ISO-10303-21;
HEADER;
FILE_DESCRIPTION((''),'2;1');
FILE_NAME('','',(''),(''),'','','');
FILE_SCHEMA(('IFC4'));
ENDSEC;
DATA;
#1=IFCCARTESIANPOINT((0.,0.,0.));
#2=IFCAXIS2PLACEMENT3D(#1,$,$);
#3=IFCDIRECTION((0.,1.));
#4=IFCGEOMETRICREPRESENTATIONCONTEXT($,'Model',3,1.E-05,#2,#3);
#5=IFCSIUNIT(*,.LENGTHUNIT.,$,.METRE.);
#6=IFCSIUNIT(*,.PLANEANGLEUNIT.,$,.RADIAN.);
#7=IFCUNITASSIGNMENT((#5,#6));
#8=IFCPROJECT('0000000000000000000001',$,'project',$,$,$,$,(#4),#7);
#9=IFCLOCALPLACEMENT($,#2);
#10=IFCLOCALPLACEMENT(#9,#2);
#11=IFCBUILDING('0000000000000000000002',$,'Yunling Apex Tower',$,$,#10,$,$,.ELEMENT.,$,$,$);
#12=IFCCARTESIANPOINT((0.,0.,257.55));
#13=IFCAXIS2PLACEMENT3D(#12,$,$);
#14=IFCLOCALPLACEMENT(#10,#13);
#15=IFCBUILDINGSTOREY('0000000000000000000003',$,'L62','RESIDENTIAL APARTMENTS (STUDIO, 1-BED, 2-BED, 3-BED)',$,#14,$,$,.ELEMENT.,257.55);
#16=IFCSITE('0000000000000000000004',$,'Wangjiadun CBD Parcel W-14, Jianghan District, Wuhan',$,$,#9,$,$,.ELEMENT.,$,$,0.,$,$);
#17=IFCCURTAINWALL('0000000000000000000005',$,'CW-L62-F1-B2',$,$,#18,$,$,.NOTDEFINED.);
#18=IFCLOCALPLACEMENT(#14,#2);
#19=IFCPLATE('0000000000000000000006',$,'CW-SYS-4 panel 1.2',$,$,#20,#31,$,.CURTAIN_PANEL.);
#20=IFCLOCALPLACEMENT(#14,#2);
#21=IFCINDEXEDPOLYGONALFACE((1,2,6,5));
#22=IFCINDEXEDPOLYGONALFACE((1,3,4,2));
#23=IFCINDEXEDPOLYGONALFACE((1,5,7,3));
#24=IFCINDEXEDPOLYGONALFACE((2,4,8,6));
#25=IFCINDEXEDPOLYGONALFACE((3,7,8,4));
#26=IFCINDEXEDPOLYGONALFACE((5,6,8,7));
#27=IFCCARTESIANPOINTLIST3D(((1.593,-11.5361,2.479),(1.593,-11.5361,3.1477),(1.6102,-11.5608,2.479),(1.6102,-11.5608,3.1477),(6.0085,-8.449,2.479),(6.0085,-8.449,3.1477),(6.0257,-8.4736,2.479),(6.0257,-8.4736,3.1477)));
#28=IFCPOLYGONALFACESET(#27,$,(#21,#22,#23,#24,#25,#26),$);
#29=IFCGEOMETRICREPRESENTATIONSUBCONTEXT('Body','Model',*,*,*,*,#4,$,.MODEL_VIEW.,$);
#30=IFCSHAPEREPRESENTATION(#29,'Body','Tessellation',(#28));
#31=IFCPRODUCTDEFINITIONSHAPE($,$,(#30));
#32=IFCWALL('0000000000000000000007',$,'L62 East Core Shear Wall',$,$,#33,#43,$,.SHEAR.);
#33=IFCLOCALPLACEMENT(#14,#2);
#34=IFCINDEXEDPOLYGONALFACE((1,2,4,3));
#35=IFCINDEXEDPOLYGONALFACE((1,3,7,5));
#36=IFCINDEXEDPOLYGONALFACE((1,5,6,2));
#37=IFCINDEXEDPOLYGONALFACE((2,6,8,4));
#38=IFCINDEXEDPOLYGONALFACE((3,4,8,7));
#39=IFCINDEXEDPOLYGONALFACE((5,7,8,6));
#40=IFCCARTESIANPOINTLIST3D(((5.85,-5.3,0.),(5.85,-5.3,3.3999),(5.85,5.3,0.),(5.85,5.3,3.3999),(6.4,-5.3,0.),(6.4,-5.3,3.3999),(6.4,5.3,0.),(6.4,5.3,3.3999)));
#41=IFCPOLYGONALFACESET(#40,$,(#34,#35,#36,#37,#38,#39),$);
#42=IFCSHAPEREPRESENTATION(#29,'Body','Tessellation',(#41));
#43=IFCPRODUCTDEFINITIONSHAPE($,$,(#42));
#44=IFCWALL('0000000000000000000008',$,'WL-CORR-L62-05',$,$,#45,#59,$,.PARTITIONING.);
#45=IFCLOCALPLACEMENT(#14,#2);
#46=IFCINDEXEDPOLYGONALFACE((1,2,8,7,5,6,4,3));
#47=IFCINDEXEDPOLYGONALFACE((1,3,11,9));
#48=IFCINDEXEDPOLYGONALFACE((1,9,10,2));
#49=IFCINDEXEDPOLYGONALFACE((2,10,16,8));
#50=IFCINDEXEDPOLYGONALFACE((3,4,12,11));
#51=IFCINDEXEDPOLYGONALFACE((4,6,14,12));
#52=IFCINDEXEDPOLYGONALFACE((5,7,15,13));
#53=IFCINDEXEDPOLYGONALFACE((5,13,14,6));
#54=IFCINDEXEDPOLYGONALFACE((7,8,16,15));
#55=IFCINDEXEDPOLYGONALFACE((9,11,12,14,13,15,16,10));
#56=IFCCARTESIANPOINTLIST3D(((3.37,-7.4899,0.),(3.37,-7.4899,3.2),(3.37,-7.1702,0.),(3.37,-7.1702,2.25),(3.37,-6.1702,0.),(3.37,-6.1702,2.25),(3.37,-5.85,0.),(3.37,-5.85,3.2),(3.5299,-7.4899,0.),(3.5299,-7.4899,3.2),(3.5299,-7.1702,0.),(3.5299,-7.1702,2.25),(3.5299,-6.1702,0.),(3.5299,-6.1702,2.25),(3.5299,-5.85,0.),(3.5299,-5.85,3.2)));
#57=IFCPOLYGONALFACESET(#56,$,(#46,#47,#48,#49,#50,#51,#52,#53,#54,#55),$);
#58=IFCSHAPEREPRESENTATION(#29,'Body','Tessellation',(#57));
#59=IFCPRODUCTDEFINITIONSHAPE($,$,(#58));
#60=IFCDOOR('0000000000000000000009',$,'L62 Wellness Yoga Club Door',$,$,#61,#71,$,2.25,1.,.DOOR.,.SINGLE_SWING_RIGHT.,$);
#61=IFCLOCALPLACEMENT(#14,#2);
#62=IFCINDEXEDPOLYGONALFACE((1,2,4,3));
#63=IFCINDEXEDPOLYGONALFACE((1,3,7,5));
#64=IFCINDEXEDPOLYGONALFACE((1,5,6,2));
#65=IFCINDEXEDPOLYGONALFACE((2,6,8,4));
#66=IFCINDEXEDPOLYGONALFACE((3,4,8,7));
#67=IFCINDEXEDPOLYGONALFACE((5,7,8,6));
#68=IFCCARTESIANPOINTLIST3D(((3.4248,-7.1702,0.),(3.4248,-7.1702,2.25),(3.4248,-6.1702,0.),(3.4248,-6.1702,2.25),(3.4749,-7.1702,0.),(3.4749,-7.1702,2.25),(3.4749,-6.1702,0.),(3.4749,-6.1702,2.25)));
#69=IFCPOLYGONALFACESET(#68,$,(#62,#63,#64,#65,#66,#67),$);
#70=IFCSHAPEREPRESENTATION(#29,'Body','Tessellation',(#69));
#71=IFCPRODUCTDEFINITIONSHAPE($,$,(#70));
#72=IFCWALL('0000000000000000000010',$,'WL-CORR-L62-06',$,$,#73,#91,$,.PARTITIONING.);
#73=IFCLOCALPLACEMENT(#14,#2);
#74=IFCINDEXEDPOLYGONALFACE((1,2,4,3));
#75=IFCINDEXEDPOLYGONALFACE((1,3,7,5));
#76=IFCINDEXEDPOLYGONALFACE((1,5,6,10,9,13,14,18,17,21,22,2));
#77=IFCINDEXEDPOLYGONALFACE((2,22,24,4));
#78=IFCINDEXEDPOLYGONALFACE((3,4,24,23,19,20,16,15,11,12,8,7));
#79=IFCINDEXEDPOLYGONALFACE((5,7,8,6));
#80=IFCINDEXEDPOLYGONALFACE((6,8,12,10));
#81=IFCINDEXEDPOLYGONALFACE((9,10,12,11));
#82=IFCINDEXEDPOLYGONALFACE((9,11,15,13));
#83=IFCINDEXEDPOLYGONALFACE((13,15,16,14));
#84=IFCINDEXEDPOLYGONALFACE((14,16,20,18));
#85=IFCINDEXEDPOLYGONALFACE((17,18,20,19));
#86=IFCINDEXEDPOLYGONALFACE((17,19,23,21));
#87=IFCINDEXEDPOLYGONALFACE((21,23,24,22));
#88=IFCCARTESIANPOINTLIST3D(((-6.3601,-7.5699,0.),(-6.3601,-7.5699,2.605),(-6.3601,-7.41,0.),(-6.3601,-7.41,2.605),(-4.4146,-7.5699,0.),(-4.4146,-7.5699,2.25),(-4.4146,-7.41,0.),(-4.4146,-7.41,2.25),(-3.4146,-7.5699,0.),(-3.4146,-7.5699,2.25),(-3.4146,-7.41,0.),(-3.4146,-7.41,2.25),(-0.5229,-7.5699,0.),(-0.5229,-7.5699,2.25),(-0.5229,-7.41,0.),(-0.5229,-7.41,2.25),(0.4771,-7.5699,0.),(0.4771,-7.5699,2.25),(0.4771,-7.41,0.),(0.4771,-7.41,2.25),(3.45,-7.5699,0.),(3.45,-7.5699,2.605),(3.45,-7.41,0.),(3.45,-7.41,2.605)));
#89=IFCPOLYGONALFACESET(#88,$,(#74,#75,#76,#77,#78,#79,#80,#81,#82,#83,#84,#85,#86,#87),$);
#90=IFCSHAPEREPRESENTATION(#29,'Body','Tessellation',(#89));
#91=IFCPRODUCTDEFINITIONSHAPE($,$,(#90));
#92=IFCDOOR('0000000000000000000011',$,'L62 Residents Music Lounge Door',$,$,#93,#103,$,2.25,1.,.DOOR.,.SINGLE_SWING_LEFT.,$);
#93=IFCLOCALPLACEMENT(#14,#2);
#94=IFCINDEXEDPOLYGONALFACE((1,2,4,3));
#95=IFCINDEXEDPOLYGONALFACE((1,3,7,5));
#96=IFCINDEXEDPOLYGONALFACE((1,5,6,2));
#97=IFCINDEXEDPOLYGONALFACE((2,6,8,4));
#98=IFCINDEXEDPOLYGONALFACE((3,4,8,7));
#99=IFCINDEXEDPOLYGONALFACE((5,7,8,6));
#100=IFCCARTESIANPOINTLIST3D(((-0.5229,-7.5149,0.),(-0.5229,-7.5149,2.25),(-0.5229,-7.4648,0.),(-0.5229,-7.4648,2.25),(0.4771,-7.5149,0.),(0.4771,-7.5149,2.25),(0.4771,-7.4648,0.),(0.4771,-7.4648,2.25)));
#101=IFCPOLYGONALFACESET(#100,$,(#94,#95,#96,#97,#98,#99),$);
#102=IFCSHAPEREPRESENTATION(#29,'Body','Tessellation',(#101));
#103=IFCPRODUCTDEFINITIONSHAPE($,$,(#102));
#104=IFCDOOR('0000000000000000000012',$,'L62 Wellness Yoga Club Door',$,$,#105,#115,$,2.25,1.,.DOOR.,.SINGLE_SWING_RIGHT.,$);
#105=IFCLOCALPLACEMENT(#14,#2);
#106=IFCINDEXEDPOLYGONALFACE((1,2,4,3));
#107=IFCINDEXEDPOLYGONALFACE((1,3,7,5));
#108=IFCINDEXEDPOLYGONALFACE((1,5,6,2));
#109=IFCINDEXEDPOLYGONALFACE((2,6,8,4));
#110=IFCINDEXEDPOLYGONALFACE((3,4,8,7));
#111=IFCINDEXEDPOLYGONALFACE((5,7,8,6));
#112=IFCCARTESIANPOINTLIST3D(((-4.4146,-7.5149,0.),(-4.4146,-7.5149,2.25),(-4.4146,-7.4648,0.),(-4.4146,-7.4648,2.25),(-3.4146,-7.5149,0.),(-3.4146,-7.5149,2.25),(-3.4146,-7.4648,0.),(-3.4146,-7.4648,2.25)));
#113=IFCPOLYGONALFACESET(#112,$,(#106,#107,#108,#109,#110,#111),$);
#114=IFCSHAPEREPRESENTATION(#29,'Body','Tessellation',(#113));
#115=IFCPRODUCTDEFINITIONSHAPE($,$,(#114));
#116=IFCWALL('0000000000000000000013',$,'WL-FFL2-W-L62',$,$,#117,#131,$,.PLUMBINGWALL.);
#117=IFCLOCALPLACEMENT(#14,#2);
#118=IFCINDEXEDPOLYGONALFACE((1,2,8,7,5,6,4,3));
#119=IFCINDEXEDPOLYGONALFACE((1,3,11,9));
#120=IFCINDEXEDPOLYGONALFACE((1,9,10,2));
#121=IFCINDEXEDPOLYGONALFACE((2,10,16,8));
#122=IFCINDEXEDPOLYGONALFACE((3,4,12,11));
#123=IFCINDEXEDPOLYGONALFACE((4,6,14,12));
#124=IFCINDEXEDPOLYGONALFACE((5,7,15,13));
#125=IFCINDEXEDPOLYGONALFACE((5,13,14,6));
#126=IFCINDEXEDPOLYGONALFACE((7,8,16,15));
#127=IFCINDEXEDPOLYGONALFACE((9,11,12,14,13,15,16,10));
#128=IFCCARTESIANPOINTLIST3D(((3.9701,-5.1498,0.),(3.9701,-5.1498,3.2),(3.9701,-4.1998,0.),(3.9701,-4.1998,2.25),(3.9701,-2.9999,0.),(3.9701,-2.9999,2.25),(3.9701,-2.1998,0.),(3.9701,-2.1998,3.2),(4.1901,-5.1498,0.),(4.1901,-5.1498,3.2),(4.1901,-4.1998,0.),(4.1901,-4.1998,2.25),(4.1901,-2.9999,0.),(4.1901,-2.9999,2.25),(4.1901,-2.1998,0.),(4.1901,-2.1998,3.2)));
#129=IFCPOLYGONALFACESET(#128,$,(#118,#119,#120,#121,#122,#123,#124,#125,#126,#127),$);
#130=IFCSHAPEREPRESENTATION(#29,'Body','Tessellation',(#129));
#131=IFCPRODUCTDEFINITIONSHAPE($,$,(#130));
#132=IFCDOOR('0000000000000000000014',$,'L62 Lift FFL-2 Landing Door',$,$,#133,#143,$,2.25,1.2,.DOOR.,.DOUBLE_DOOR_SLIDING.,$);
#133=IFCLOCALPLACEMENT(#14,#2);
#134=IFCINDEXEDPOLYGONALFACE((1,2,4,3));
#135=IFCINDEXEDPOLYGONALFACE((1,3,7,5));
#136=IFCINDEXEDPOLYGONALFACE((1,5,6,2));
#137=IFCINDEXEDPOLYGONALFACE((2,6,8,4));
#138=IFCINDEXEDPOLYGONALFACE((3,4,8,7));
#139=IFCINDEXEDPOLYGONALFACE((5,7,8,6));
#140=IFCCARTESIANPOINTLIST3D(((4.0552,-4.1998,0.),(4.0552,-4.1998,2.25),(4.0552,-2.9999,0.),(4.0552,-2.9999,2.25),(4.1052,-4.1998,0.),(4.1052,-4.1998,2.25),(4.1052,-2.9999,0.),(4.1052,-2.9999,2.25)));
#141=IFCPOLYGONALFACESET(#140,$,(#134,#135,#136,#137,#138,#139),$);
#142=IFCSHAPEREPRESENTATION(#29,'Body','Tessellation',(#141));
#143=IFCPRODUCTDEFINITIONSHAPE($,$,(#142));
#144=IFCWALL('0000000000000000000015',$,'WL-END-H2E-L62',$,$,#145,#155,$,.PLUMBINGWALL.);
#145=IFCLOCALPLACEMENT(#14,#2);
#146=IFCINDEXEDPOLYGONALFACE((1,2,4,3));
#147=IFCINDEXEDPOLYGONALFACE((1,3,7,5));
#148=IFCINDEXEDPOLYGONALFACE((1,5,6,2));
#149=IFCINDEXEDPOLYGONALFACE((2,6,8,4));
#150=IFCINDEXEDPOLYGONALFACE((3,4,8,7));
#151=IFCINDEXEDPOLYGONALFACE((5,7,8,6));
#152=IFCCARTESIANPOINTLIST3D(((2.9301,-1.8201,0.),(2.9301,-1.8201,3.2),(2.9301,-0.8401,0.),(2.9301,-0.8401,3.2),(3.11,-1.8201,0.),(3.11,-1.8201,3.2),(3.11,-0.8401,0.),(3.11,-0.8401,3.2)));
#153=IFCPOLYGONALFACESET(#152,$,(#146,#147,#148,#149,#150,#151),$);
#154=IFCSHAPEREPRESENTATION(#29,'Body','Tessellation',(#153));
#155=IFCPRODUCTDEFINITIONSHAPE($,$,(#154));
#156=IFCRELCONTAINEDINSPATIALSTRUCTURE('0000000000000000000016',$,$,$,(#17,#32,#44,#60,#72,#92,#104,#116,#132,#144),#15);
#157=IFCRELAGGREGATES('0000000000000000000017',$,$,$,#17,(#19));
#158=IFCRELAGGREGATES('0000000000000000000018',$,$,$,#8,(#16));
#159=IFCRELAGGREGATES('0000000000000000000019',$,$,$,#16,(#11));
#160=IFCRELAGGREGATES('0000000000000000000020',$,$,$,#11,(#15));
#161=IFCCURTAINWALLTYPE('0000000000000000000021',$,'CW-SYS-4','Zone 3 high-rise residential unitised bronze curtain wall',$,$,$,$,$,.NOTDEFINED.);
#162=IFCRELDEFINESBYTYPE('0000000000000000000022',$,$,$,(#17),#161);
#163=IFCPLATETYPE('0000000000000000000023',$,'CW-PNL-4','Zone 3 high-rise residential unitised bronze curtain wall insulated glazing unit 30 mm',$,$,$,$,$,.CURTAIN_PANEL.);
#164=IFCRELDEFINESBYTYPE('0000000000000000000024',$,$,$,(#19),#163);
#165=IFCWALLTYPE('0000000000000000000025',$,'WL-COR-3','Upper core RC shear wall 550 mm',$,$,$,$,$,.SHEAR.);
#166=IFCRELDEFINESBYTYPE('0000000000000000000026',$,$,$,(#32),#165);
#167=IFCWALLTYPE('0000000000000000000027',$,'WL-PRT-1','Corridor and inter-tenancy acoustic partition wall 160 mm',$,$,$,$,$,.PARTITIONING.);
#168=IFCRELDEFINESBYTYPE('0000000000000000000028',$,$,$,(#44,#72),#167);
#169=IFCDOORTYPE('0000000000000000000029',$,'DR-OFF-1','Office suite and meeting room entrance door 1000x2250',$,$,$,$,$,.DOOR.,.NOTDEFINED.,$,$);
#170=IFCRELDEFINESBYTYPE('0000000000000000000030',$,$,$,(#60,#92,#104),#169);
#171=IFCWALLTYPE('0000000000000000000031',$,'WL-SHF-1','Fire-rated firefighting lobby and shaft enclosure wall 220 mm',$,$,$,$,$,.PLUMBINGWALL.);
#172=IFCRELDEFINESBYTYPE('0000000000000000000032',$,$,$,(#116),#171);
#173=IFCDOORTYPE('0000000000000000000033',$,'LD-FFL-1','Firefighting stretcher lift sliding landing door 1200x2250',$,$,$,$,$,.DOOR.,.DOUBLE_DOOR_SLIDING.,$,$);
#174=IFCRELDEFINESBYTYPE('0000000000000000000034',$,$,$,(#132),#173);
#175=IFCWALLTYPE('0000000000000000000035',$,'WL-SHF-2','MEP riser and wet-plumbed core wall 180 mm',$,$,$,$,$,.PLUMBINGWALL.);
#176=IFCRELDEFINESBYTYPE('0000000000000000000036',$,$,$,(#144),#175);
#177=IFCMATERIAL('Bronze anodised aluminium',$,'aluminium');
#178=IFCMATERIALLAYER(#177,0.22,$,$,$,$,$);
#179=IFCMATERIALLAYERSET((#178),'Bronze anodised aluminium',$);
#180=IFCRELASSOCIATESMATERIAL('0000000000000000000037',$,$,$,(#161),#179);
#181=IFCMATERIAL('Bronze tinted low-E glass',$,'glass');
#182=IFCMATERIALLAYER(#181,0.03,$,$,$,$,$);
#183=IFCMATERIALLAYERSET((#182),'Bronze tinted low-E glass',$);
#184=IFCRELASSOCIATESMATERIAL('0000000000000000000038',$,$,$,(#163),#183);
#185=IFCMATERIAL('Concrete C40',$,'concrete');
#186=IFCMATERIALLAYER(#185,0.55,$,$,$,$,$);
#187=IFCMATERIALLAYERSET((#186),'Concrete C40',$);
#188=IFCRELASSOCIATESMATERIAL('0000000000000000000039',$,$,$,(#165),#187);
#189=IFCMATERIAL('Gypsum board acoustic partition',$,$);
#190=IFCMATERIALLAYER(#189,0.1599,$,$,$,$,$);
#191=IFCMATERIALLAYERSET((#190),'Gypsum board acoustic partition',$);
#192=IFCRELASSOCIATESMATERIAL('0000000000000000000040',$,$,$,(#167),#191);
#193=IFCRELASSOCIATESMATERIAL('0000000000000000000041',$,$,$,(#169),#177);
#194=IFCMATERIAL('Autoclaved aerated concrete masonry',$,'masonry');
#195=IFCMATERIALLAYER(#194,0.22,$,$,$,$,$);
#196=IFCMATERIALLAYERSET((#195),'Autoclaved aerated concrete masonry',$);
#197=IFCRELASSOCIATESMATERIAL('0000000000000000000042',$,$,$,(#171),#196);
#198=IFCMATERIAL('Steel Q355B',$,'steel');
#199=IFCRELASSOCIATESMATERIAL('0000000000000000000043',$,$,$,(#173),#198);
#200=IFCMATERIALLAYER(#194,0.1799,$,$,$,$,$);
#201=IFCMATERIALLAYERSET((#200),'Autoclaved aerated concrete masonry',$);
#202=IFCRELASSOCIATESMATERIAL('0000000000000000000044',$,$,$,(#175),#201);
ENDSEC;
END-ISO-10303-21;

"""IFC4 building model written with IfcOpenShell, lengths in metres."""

from ifc_helpers import new_model, si_unit, direction, frame, frame_2d, origin, origin_2d, place, context, subcontext, project, spatial, rectangle, extrude, source, transform, mapped, material, layer, layer_set, type_object, element, fill, aggregate, save


model = new_model("IFC4")

# Units and contexts
model_context = context("Model", 3, precision=1e-05, world=origin(), true_north=direction((0.0, 1.0)))
body_context = subcontext(model_context, "Body", "Model", "MODEL_VIEW")
ifc_project = project(units=[si_unit("LENGTHUNIT", "METRE"), si_unit("PLANEANGLEUNIT", "RADIAN")], contexts=[model_context])

# Site, building, storey
site_placement = place(None, origin())
site = spatial("IfcSite", under=ifc_project, at=site_placement, Name="Wangjiadun CBD Parcel W-14, Jianghan District, Wuhan", CompositionType="ELEMENT", RefElevation=0.0)
building_placement = place(site_placement, origin())
building = spatial("IfcBuilding", under=site, at=building_placement, Name="Yunling Apex Tower", CompositionType="ELEMENT")
storey_placement = place(building_placement, frame((0.0, 0.0, 257.55)))
storey = spatial("IfcBuildingStorey", under=building, at=storey_placement, Name="L62", Description="RESIDENTIAL APARTMENTS (STUDIO, 1-BED, 2-BED, 3-BED)", CompositionType="ELEMENT", Elevation=257.55)

# Shared definitions
ifc_material_1 = material(Name="Steel Q355B", Category="steel")

# Curtain wall
ifc_material_2 = material(Name="Bronze anodised aluminium", Category="aluminium")
ifc_layer_1 = layer(ifc_material_2, 0.22)
ifc_layer_set_1 = layer_set([ifc_layer_1], Name="Bronze anodised aluminium")
curtain_wall_type = type_object("IfcCurtainWallType", Name="CW-SYS-4", Description="Zone 3 high-rise residential unitised bronze curtain wall", PredefinedType="NOTDEFINED", material=ifc_layer_set_1)
curtain_wall_1_placement = place(storey_placement, origin())
curtain_wall_1 = element("IfcCurtainWall", 1, at=curtain_wall_1_placement, inside=storey, type_object=curtain_wall_type, Name="CW-L62-F1-B2", PredefinedType="NOTDEFINED")

# Plate
ifc_material_3 = material(Name="Bronze tinted low-E glass", Category="glass")
ifc_layer_2 = layer(ifc_material_3, 0.03)
ifc_layer_set_2 = layer_set([ifc_layer_2], Name="Bronze tinted low-E glass")
plate_type_1 = type_object("IfcPlateType", Name="CW-PNL-4", Description="Zone 3 high-rise residential unitised bronze curtain wall insulated glazing unit 30 mm", PredefinedType="CURTAIN_PANEL", material=ifc_layer_set_2)
shared_shape_1 = source(origin(), body_context, "Body", "SweptSolid", [
    extrude(rectangle(XDim=5.3877, YDim=0.03, at=origin_2d()), origin(), (0.0, 0.0, 1.0), 0.6687),
])
plate_1_placement = place(storey_placement, frame((3.8093, -10.0049, 2.479), z_axis=(0.0, 0.0, 1.0), x_axis=(0.819556, 0.572999, 0.0)))
plate_1 = element("IfcPlate", 2, at=plate_1_placement, type_object=plate_type_1, Name="CW-SYS-4 panel 1.2", PredefinedType="CURTAIN_PANEL", context=body_context, shape_type="MappedRepresentation", body=[
    mapped(shared_shape_1, transform((0.0, 0.0, 0.0), scale=1.0)),
])
aggregate(curtain_wall_1, [plate_1])

# Wall
ifc_material_4 = material(Name="Concrete C40", Category="concrete")
ifc_layer_3 = layer(ifc_material_4, 0.55)
ifc_layer_set_3 = layer_set([ifc_layer_3], Name="Concrete C40")
wall_type_1 = type_object("IfcWallType", Name="WL-COR-3", Description="Upper core RC shear wall 550 mm", PredefinedType="SHEAR", material=ifc_layer_set_3)
wall_1_placement = place(storey_placement, frame((6.125, -5.3, 0.0), z_axis=(0.0, 0.0, 1.0), x_axis=(0.0, 1.0, 0.0)))
element("IfcWall", 3, at=wall_1_placement, inside=storey, type_object=wall_type_1, Name="L62 East Core Shear Wall", PredefinedType="SHEAR", context=body_context, shape_type="SweptSolid", body=[
    extrude(rectangle(XDim=10.6001, YDim=0.55, at=frame_2d((5.3, 0.0))), origin(), (0.0, 0.0, 1.0), 3.3999),
])

# Wall, opening, door
ifc_material_5 = material(Name="Gypsum board acoustic partition")
ifc_layer_4 = layer(ifc_material_5, 0.1599)
ifc_layer_set_4 = layer_set([ifc_layer_4], Name="Gypsum board acoustic partition")
wall_type_2 = type_object("IfcWallType", Name="WL-PRT-1", Description="Corridor and inter-tenancy acoustic partition wall 160 mm", PredefinedType="PARTITIONING", material=ifc_layer_set_4)
wall_2_placement = place(storey_placement, frame((3.45, -5.8501, 0.0), z_axis=(0.0, 0.0, 1.0), x_axis=(0.0, -1.0, 0.0)))
wall_2 = element("IfcWall", 4, at=wall_2_placement, inside=storey, type_object=wall_type_2, Name="WL-CORR-L62-05", PredefinedType="PARTITIONING", context=body_context, shape_type="SweptSolid", body=[
    extrude(rectangle(XDim=1.6399, YDim=0.1599, at=frame_2d((0.8198, 0.0))), origin(), (0.0, 0.0, 1.0), 3.2),
])
opening_1_placement = place(wall_2_placement, frame((0.3201, 0.0, 0.0)))
opening_1 = element("IfcOpeningElement", 5, at=opening_1_placement, cuts=wall_2, PredefinedType="OPENING", context=body_context, shape_type="SweptSolid", body=[
    extrude(rectangle(XDim=1.0, YDim=2.25, at=frame_2d((0.5, 1.125))), frame((0.0, 0.0898, 0.0), z_axis=(0.0, -1.0, 0.0), x_axis=(1.0, 0.0, 0.0)), (0.0, 0.0, 1.0), 0.1799),
])
door_type_1 = type_object("IfcDoorType", Name="DR-OFF-1", Description="Office suite and meeting room entrance door 1000x2250", OperationType="NOTDEFINED", PredefinedType="DOOR", material=ifc_material_2)
door_1_placement = place(opening_1_placement, origin())
door_1 = element("IfcDoor", 6, at=door_1_placement, inside=storey, type_object=door_type_1, Name="L62 Wellness Yoga Club Door", OperationType="SINGLE_SWING_RIGHT", OverallHeight=2.25, OverallWidth=1.0, PredefinedType="DOOR", context=body_context, shape_type="SweptSolid", body=[
    extrude(rectangle(XDim=1.0, YDim=2.25, at=frame_2d((0.5, 1.125))), frame((0.0, 0.0249, 0.0), z_axis=(0.0, -1.0, 0.0), x_axis=(1.0, 0.0, 0.0)), (0.0, 0.0, 1.0), 0.05),
])
fill(opening_1, door_1)

# Wall, openings, doors
wall_3_placement = place(storey_placement, frame((3.45, -7.49, 0.0), z_axis=(0.0, 0.0, 1.0), x_axis=(-1.0, 0.0, 0.0)))
wall_3 = element("IfcWall", 7, at=wall_3_placement, inside=storey, type_object=wall_type_2, Name="WL-CORR-L62-06", PredefinedType="PARTITIONING", context=body_context, shape_type="SweptSolid", body=[
    extrude(rectangle(XDim=9.8101, YDim=0.1599, at=frame_2d((4.905, 0.0))), origin(), (0.0, 0.0, 1.0), 2.605),
])
opening_2_placement = place(wall_3_placement, frame((2.9729, 0.0, 0.0)))
opening_2 = element("IfcOpeningElement", 8, at=opening_2_placement, cuts=wall_3, PredefinedType="OPENING", context=body_context, shape_type="SweptSolid", body=[
    extrude(rectangle(XDim=1.0, YDim=2.25, at=frame_2d((0.5, 1.125))), frame((0.0, 0.0898, 0.0), z_axis=(0.0, -1.0, 0.0), x_axis=(1.0, 0.0, 0.0)), (0.0, 0.0, 1.0), 0.1799),
])
opening_3_placement = place(wall_3_placement, frame((6.8645, 0.0, 0.0)))
opening_3 = element("IfcOpeningElement", 9, at=opening_3_placement, cuts=wall_3, PredefinedType="OPENING", context=body_context, shape_type="SweptSolid", body=[
    extrude(rectangle(XDim=1.0, YDim=2.25, at=frame_2d((0.5, 1.125))), frame((0.0, 0.0898, 0.0), z_axis=(0.0, -1.0, 0.0), x_axis=(1.0, 0.0, 0.0)), (0.0, 0.0, 1.0), 0.1799),
])
door_2_placement = place(opening_2_placement, origin())
door_2 = element("IfcDoor", 10, at=door_2_placement, inside=storey, type_object=door_type_1, Name="L62 Residents Music Lounge Door", OperationType="SINGLE_SWING_LEFT", OverallHeight=2.25, OverallWidth=1.0, PredefinedType="DOOR", context=body_context, shape_type="SweptSolid", body=[
    extrude(rectangle(XDim=1.0, YDim=2.25, at=frame_2d((0.5, 1.125))), frame((0.0, 0.0249, 0.0), z_axis=(0.0, -1.0, 0.0), x_axis=(1.0, 0.0, 0.0)), (0.0, 0.0, 1.0), 0.05),
])
fill(opening_2, door_2)
door_3_placement = place(opening_3_placement, origin())
door_3 = element("IfcDoor", 11, at=door_3_placement, inside=storey, type_object=door_type_1, Name="L62 Wellness Yoga Club Door", OperationType="SINGLE_SWING_RIGHT", OverallHeight=2.25, OverallWidth=1.0, PredefinedType="DOOR", context=body_context, shape_type="SweptSolid", body=[
    extrude(rectangle(XDim=1.0, YDim=2.25, at=frame_2d((0.5, 1.125))), frame((0.0, 0.0249, 0.0), z_axis=(0.0, -1.0, 0.0), x_axis=(1.0, 0.0, 0.0)), (0.0, 0.0, 1.0), 0.05),
])
fill(opening_3, door_3)

# Wall, opening, door
ifc_material_6 = material(Name="Autoclaved aerated concrete masonry", Category="masonry")
ifc_layer_5 = layer(ifc_material_6, 0.22)
ifc_layer_set_5 = layer_set([ifc_layer_5], Name="Autoclaved aerated concrete masonry")
wall_type_3 = type_object("IfcWallType", Name="WL-SHF-1", Description="Fire-rated firefighting lobby and shaft enclosure wall 220 mm", PredefinedType="PLUMBINGWALL", material=ifc_layer_set_5)
wall_4_placement = place(storey_placement, frame((4.0801, -5.1499, 0.0), z_axis=(0.0, 0.0, 1.0), x_axis=(0.0, 1.0, 0.0)))
wall_4 = element("IfcWall", 12, at=wall_4_placement, inside=storey, type_object=wall_type_3, Name="WL-FFL2-W-L62", PredefinedType="PLUMBINGWALL", context=body_context, shape_type="SweptSolid", body=[
    extrude(rectangle(XDim=2.95, YDim=0.22, at=frame_2d((1.4751, 0.0))), origin(), (0.0, 0.0, 1.0), 3.2),
])
opening_4_placement = place(wall_4_placement, frame((0.95, 0.0, 0.0)))
opening_4 = element("IfcOpeningElement", 13, at=opening_4_placement, cuts=wall_4, PredefinedType="OPENING", context=body_context, shape_type="SweptSolid", body=[
    extrude(rectangle(XDim=1.2, YDim=2.25, at=frame_2d((0.6001, 1.125))), frame((0.0, 0.1201, 0.0), z_axis=(0.0, -1.0, 0.0), x_axis=(1.0, 0.0, 0.0)), (0.0, 0.0, 1.0), 0.24),
])
door_type_2 = type_object("IfcDoorType", Name="LD-FFL-1", Description="Firefighting stretcher lift sliding landing door 1200x2250", OperationType="DOUBLE_DOOR_SLIDING", PredefinedType="DOOR", material=ifc_material_1)
door_4_placement = place(opening_4_placement, origin())
door_4 = element("IfcDoor", 14, at=door_4_placement, inside=storey, type_object=door_type_2, Name="L62 Lift FFL-2 Landing Door", OperationType="DOUBLE_DOOR_SLIDING", OverallHeight=2.25, OverallWidth=1.2, PredefinedType="DOOR", context=body_context, shape_type="SweptSolid", body=[
    extrude(rectangle(XDim=1.2, YDim=2.25, at=frame_2d((0.6001, 1.125))), frame((0.0, 0.0249, 0.0), z_axis=(0.0, -1.0, 0.0), x_axis=(1.0, 0.0, 0.0)), (0.0, 0.0, 1.0), 0.05),
])
fill(opening_4, door_4)

# Wall
ifc_layer_6 = layer(ifc_material_6, 0.1799)
ifc_layer_set_6 = layer_set([ifc_layer_6], Name="Autoclaved aerated concrete masonry")
wall_type_4 = type_object("IfcWallType", Name="WL-SHF-2", Description="MEP riser and wet-plumbed core wall 180 mm", PredefinedType="PLUMBINGWALL", material=ifc_layer_set_6)
wall_5_placement = place(storey_placement, frame((3.02, -1.8201, 0.0), z_axis=(0.0, 0.0, 1.0), x_axis=(0.0, 1.0, 0.0)))
element("IfcWall", 15, at=wall_5_placement, inside=storey, type_object=wall_type_4, Name="WL-END-H2E-L62", PredefinedType="PLUMBINGWALL", context=body_context, shape_type="SweptSolid", body=[
    extrude(rectangle(XDim=0.98, YDim=0.1799, at=frame_2d((0.49, 0.0))), origin(), (0.0, 0.0, 1.0), 3.2),
])

save(model, "model.ifc")
